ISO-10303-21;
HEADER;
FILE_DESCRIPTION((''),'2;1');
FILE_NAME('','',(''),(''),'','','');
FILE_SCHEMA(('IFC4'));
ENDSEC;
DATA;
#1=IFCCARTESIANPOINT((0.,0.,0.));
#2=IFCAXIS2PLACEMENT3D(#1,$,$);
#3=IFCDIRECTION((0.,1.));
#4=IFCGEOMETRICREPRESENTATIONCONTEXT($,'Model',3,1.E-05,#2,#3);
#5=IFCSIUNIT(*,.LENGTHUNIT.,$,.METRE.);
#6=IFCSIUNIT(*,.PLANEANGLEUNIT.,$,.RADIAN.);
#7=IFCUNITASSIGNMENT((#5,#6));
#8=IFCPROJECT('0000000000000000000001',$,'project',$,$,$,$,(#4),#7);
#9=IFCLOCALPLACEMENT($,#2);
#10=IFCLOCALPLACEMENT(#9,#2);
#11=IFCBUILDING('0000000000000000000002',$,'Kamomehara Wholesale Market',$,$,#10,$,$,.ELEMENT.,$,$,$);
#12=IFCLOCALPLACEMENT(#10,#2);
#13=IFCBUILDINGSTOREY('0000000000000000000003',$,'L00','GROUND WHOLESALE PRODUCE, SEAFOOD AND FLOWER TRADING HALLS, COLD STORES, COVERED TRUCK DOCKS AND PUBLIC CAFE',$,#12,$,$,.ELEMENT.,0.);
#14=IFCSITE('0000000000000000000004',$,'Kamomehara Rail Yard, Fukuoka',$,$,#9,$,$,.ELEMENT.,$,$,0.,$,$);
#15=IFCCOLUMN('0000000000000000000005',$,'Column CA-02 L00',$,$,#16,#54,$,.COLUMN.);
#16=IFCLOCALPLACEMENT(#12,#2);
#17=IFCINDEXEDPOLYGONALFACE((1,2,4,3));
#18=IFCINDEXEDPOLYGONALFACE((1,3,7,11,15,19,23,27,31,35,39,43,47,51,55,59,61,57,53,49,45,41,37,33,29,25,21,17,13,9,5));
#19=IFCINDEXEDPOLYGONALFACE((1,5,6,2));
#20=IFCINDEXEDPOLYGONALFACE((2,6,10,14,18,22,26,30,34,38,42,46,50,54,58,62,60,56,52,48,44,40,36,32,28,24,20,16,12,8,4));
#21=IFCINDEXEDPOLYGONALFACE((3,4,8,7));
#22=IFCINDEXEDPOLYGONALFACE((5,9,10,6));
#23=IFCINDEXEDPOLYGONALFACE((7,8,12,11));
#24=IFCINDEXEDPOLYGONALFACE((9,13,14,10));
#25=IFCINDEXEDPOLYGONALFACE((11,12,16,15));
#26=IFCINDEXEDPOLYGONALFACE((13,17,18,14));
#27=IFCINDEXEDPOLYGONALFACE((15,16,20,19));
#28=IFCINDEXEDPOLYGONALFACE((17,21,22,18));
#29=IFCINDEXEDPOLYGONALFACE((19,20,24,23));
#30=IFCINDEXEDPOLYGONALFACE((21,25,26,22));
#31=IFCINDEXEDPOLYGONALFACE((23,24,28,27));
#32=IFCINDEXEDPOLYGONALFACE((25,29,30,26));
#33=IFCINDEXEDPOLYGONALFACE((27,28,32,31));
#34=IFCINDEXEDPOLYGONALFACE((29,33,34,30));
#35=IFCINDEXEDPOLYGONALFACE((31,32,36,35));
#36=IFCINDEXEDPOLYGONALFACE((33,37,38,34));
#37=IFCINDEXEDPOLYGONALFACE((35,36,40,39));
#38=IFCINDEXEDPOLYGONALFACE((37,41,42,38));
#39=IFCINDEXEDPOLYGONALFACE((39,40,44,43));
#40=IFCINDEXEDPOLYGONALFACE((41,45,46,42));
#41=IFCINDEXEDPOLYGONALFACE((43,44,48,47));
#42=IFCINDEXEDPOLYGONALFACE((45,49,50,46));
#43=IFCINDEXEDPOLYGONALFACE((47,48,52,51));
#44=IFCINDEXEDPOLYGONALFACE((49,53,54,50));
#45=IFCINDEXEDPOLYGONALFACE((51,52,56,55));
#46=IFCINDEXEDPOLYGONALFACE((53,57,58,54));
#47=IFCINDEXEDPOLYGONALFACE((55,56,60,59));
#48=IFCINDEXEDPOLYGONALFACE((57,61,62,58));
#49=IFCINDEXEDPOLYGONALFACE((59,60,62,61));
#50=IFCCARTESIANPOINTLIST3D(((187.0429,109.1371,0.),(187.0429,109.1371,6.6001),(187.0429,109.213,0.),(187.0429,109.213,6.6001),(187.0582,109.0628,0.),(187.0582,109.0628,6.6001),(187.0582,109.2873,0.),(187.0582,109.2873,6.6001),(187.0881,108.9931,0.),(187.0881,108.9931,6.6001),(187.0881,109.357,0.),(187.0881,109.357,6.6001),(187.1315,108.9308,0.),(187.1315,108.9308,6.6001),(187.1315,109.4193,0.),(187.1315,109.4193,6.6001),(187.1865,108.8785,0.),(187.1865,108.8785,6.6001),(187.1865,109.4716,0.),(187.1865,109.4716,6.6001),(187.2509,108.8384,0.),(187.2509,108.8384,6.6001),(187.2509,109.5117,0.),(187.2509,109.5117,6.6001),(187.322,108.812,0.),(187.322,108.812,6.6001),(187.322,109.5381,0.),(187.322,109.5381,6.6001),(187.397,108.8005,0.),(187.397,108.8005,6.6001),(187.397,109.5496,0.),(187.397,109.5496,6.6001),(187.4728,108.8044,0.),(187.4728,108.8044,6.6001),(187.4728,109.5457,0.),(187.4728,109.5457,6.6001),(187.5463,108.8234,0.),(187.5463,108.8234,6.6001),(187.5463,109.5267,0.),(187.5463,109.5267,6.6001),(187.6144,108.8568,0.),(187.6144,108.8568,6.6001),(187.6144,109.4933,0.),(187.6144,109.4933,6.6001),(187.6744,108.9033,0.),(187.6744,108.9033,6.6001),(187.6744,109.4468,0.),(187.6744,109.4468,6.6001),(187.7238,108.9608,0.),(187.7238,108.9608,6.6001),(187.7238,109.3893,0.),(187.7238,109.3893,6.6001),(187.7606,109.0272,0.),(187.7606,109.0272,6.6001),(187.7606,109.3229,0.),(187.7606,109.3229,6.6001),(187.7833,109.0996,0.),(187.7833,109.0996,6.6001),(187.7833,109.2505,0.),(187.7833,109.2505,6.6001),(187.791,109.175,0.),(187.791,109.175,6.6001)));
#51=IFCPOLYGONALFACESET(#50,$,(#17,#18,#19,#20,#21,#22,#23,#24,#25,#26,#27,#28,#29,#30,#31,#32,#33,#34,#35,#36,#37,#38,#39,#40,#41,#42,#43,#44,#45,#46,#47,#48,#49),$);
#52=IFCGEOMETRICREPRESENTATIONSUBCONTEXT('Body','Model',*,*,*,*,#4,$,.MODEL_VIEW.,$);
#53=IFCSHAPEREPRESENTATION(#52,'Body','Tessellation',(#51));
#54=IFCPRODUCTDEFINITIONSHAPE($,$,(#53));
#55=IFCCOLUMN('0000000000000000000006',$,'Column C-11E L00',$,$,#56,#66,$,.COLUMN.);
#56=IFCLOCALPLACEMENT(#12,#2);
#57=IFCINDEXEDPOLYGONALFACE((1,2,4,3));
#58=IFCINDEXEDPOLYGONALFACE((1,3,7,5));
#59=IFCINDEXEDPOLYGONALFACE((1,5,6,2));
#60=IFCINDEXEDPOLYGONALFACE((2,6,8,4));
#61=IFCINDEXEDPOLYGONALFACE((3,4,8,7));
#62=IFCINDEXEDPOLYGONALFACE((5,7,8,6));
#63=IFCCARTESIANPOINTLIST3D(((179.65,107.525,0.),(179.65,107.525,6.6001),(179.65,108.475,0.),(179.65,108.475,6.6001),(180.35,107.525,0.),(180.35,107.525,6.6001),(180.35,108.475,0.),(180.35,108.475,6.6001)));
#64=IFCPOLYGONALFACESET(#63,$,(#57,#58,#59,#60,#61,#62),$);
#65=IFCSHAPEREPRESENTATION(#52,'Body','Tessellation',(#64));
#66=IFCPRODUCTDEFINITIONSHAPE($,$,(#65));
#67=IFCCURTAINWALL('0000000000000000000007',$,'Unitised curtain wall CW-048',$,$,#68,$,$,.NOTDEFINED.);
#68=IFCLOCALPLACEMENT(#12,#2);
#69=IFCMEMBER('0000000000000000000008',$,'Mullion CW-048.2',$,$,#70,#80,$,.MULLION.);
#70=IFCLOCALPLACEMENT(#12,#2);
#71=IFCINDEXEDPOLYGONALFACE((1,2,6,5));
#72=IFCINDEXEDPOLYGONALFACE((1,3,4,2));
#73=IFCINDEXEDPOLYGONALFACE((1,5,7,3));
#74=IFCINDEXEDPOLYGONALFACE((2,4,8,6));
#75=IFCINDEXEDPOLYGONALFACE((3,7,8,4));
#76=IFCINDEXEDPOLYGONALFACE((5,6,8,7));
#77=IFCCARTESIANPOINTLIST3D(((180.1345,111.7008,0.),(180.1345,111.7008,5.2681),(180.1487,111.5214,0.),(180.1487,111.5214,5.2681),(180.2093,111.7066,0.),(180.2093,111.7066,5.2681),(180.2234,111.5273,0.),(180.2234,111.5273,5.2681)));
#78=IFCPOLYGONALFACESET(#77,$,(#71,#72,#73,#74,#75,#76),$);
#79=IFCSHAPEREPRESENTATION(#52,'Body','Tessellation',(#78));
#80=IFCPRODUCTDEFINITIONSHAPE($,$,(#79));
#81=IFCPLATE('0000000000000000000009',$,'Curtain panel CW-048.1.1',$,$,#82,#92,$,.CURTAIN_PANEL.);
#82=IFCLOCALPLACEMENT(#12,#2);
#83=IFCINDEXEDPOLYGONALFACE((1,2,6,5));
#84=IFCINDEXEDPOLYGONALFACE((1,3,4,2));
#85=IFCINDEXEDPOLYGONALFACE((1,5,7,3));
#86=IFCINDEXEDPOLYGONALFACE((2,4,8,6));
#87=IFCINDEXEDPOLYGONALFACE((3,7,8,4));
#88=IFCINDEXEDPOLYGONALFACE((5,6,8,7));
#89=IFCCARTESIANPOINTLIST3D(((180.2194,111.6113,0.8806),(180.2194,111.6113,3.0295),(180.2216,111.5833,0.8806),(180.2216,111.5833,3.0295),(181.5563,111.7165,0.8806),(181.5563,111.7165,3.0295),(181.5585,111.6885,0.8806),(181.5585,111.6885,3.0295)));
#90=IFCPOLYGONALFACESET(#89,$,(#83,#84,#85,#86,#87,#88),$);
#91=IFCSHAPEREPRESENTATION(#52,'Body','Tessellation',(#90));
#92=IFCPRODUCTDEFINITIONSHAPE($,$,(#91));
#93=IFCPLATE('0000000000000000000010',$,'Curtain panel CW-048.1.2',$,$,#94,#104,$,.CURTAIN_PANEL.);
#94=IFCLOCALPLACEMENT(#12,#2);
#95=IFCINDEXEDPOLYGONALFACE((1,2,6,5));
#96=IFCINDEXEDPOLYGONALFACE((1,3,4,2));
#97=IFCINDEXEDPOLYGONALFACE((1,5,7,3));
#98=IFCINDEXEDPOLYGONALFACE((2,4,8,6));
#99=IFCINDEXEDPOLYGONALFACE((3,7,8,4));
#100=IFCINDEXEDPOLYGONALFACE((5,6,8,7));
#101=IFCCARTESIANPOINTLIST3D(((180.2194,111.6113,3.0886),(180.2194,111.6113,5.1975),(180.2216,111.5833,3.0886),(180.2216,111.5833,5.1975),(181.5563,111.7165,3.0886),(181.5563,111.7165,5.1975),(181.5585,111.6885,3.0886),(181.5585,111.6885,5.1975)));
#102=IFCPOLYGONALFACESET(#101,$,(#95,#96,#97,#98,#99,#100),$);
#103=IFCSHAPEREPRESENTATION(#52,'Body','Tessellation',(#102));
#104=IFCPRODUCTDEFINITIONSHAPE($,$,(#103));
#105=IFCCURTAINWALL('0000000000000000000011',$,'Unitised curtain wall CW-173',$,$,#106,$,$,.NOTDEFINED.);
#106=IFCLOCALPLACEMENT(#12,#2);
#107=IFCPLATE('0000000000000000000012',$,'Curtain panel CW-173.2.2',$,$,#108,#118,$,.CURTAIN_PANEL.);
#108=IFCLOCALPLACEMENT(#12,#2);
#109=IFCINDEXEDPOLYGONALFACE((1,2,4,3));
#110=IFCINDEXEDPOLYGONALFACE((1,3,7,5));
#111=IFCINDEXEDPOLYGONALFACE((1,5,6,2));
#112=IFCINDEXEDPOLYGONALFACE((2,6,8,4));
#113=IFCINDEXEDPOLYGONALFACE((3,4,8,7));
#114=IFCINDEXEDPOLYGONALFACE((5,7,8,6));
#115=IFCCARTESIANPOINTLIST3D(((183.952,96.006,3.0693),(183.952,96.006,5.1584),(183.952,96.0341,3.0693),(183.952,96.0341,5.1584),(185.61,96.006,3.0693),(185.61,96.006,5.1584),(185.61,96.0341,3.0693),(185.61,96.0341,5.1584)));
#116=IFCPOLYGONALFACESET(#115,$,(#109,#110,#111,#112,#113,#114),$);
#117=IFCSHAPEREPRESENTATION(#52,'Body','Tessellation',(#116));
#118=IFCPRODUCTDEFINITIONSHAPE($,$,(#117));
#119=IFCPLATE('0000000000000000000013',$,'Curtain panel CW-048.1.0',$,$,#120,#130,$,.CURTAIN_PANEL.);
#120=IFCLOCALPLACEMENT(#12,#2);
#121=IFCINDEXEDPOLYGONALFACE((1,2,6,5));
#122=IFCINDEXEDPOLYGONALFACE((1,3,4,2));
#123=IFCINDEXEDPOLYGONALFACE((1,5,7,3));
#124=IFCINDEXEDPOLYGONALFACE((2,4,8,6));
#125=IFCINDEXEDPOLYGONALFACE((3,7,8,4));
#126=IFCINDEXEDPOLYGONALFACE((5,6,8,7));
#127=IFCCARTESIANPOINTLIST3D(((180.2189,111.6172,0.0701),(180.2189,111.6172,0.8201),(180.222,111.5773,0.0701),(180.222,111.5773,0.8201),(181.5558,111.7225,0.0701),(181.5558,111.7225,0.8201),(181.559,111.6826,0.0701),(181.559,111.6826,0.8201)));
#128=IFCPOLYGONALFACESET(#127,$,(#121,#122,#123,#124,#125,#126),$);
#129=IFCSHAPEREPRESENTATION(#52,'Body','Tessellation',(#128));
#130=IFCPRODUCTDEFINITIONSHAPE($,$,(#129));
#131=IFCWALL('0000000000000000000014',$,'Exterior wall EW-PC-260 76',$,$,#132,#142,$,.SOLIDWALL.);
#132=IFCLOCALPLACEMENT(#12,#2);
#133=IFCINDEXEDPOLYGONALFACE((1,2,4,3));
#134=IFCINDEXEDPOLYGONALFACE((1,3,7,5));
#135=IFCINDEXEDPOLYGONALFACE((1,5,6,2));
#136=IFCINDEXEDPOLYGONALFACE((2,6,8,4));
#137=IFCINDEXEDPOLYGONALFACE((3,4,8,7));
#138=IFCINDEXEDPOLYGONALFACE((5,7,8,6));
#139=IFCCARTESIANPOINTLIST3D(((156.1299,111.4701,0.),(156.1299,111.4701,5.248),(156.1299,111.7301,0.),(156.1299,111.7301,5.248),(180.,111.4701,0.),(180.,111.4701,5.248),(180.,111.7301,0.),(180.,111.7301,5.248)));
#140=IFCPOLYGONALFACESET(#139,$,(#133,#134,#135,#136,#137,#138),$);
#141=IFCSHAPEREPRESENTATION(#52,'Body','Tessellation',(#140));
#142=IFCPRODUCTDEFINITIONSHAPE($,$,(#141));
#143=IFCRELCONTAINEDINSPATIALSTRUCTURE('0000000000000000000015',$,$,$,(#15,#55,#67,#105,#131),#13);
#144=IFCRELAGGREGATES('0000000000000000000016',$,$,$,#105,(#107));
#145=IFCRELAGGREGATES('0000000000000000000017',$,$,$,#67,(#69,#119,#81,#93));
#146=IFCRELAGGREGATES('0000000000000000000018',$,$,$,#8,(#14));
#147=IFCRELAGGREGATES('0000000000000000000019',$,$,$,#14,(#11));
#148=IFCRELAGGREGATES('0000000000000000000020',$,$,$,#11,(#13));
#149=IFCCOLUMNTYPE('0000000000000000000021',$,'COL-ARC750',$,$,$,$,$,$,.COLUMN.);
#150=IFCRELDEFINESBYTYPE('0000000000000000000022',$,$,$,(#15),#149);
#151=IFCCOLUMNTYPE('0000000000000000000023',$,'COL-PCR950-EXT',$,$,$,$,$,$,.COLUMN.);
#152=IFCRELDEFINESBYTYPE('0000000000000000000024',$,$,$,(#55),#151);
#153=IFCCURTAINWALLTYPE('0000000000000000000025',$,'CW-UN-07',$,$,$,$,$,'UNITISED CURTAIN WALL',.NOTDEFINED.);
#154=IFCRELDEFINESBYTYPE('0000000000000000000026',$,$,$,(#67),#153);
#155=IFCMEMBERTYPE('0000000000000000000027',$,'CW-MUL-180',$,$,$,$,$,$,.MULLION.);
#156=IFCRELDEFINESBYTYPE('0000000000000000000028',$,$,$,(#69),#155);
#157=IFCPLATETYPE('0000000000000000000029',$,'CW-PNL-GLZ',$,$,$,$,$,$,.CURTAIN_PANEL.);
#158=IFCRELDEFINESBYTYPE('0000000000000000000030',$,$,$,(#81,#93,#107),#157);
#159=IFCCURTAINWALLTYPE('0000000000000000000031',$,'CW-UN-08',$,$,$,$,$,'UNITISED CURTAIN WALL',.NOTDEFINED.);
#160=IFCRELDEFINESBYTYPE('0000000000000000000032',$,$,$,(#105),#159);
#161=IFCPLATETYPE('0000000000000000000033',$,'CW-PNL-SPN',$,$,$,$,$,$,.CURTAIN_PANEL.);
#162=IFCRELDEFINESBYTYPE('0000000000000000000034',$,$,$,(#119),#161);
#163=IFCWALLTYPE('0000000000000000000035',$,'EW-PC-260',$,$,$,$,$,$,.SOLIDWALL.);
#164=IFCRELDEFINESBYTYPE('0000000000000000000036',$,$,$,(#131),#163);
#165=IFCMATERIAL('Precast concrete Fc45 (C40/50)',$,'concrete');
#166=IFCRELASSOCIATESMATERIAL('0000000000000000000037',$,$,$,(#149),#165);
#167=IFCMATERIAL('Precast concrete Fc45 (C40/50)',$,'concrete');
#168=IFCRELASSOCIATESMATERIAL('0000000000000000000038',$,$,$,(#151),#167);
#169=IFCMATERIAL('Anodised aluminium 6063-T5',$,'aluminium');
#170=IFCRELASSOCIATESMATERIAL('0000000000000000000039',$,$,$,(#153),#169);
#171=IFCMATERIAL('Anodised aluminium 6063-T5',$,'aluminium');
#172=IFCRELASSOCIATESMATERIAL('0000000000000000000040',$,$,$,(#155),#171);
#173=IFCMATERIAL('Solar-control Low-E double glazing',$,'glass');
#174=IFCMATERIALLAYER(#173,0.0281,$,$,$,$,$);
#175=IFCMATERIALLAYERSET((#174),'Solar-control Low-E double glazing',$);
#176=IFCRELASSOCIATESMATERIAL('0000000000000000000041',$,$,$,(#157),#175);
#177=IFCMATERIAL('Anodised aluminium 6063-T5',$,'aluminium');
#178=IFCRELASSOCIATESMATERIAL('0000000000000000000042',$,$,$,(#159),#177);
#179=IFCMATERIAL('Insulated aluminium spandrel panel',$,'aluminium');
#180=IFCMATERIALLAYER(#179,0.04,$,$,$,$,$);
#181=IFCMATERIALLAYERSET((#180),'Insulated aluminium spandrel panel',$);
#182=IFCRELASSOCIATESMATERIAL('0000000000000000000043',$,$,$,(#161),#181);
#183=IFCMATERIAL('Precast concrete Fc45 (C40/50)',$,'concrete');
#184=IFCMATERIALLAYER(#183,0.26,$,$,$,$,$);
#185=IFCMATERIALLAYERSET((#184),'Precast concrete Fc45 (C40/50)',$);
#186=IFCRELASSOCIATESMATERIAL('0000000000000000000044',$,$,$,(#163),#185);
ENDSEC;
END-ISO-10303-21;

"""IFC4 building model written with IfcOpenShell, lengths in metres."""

from ifc_helpers import new_model, si_unit, direction, frame, frame_2d, origin, origin_2d, place, context, subcontext, project, spatial, rectangle, circle, extrude, material, layer, layer_set, material_profile, profile_set, type_object, element, aggregate, save


model = new_model("IFC4")

# Units and contexts
model_context = context("Model", 3, precision=1e-05, world=origin(), true_north=direction((0.0, 1.0)))
body_context = subcontext(model_context, "Body", "Model", "MODEL_VIEW")
ifc_project = project(units=[si_unit("LENGTHUNIT", "METRE"), si_unit("PLANEANGLEUNIT", "RADIAN")], contexts=[model_context])

# Site, building, storey
site_placement = place(None, origin())
site = spatial("IfcSite", under=ifc_project, at=site_placement, Name="Kamomehara Rail Yard, Fukuoka", CompositionType="ELEMENT", RefElevation=0.0)
building_placement = place(site_placement, origin())
building = spatial("IfcBuilding", under=site, at=building_placement, Name="Kamomehara Wholesale Market", CompositionType="ELEMENT")
storey_placement = place(building_placement, origin())
storey = spatial("IfcBuildingStorey", under=building, at=storey_placement, Name="L00", Description="GROUND WHOLESALE PRODUCE, SEAFOOD AND FLOWER TRADING HALLS, COLD STORES, COVERED TRUCK DOCKS AND PUBLIC CAFE", CompositionType="ELEMENT", Elevation=0.0)

# Columns
ifc_material_1 = material(Name="Precast concrete Fc45 (C40/50)", Category="concrete")
ifc_material_profile_1 = material_profile(ifc_material_1, circle(Radius=0.375, at=origin_2d()), Name="PC-ARC-D750")
ifc_profile_set_1 = profile_set([ifc_material_profile_1], Name="Precast concrete Fc45 (C40/50)")
column_type_1 = type_object("IfcColumnType", Name="COL-ARC750", PredefinedType="COLUMN", material=ifc_profile_set_1)
column_1_placement = place(storey_placement, frame((187.416, 109.175, 0.0), z_axis=(0.0, 0.0, 1.0), x_axis=(1.0, 0.0, 0.0)))
element("IfcColumn", 1, at=column_1_placement, inside=storey, type_object=column_type_1, Name="Column CA-02 L00", PredefinedType="COLUMN", context=body_context, shape_type="SweptSolid", body=[
    extrude(circle(Radius=0.375, at=origin_2d()), origin(), (0.0, 0.0, 1.0), 6.6001),
])
ifc_material_2 = material(Name="Precast concrete Fc45 (C40/50)", Category="concrete")
ifc_material_profile_2 = material_profile(ifc_material_2, rectangle(XDim=0.7, YDim=0.95, at=origin_2d()), Name="PC-COL-700x950")
ifc_profile_set_2 = profile_set([ifc_material_profile_2], Name="Precast concrete Fc45 (C40/50)")
column_type_2 = type_object("IfcColumnType", Name="COL-PCR950-EXT", PredefinedType="COLUMN", material=ifc_profile_set_2)
column_2_placement = place(storey_placement, frame((180.0, 108.0, 0.0), z_axis=(0.0, 0.0, 1.0), x_axis=(1.0, 0.0, 0.0)))
element("IfcColumn", 2, at=column_2_placement, inside=storey, type_object=column_type_2, Name="Column C-11E L00", PredefinedType="COLUMN", context=body_context, shape_type="SweptSolid", body=[
    extrude(rectangle(XDim=0.7, YDim=0.95, at=origin_2d()), origin(), (0.0, 0.0, 1.0), 6.6001),
])

# Curtain wall, member, plates
ifc_material_3 = material(Name="Anodised aluminium 6063-T5", Category="aluminium")
curtain_wall_type_1 = type_object("IfcCurtainWallType", Name="CW-UN-07", ElementType="UNITISED CURTAIN WALL", PredefinedType="NOTDEFINED", material=ifc_material_3)
curtain_wall_1_placement = place(storey_placement, origin())
curtain_wall_1 = element("IfcCurtainWall", 3, at=curtain_wall_1_placement, inside=storey, type_object=curtain_wall_type_1, Name="Unitised curtain wall CW-048", PredefinedType="NOTDEFINED")
ifc_material_4 = material(Name="Anodised aluminium 6063-T5", Category="aluminium")
ifc_material_profile_3 = material_profile(ifc_material_4, rectangle(XDim=0.075, YDim=0.1799, at=origin_2d()), Name="ALU-MUL-75x180")
ifc_profile_set_3 = profile_set([ifc_material_profile_3], Name="Anodised aluminium 6063-T5")
member_type = type_object("IfcMemberType", Name="CW-MUL-180", PredefinedType="MULLION", material=ifc_profile_set_3)
member_placement = place(storey_placement, frame((180.179, 111.614, 0.0), z_axis=(0.0, 0.0, 1.0), x_axis=(-0.996916, -0.078473, 0.0)))
member = element("IfcMember", 4, at=member_placement, type_object=member_type, Name="Mullion CW-048.2", PredefinedType="MULLION", context=body_context, shape_type="SweptSolid", body=[
    extrude(rectangle(XDim=0.075, YDim=0.1799, at=origin_2d()), origin(), (0.0, 0.0, 1.0), 5.2681),
])
ifc_material_5 = material(Name="Solar-control Low-E double glazing", Category="glass")
ifc_layer_1 = layer(ifc_material_5, 0.0281)
ifc_layer_set_1 = layer_set([ifc_layer_1], Name="Solar-control Low-E double glazing")
plate_type_1 = type_object("IfcPlateType", Name="CW-PNL-GLZ", PredefinedType="CURTAIN_PANEL", material=ifc_layer_set_1)
plate_1_placement = place(storey_placement, frame((180.8889, 111.6499, 0.8806), z_axis=(0.0, 0.0, 1.0), x_axis=(-0.996916, -0.078476, 0.0)))
plate_1 = element("IfcPlate", 5, at=plate_1_placement, type_object=plate_type_1, Name="Curtain panel CW-048.1.1", PredefinedType="CURTAIN_PANEL", context=body_context, shape_type="SweptSolid", body=[
    extrude(rectangle(XDim=1.3411, YDim=0.0281, at=origin_2d()), origin(), (0.0, 0.0, 1.0), 2.1489),
])
plate_2_placement = place(storey_placement, frame((180.8889, 111.6499, 3.0886), z_axis=(0.0, 0.0, 1.0), x_axis=(-0.996916, -0.078476, 0.0)))
plate_2 = element("IfcPlate", 6, at=plate_2_placement, type_object=plate_type_1, Name="Curtain panel CW-048.1.2", PredefinedType="CURTAIN_PANEL", context=body_context, shape_type="SweptSolid", body=[
    extrude(rectangle(XDim=1.3411, YDim=0.0281, at=origin_2d()), origin(), (0.0, 0.0, 1.0), 2.1089),
])

# Curtain wall, plate
ifc_material_6 = material(Name="Anodised aluminium 6063-T5", Category="aluminium")
curtain_wall_type_2 = type_object("IfcCurtainWallType", Name="CW-UN-08", ElementType="UNITISED CURTAIN WALL", PredefinedType="NOTDEFINED", material=ifc_material_6)
curtain_wall_2_placement = place(storey_placement, origin())
curtain_wall_2 = element("IfcCurtainWall", 7, at=curtain_wall_2_placement, inside=storey, type_object=curtain_wall_type_2, Name="Unitised curtain wall CW-173", PredefinedType="NOTDEFINED")
plate_3_placement = place(storey_placement, frame((184.781, 96.02, 3.0693), z_axis=(0.0, 0.0, 1.0), x_axis=(1.0, 0.0, 0.0)))
plate_3 = element("IfcPlate", 8, at=plate_3_placement, type_object=plate_type_1, Name="Curtain panel CW-173.2.2", PredefinedType="CURTAIN_PANEL", context=body_context, shape_type="SweptSolid", body=[
    extrude(rectangle(XDim=1.658, YDim=0.0281, at=origin_2d()), origin(), (0.0, 0.0, 1.0), 2.0891),
])
aggregate(curtain_wall_2, [plate_3])

# Plate
ifc_material_7 = material(Name="Insulated aluminium spandrel panel", Category="aluminium")
ifc_layer_2 = layer(ifc_material_7, 0.04)
ifc_layer_set_2 = layer_set([ifc_layer_2], Name="Insulated aluminium spandrel panel")
plate_type_2 = type_object("IfcPlateType", Name="CW-PNL-SPN", PredefinedType="CURTAIN_PANEL", material=ifc_layer_set_2)
plate_4_placement = place(storey_placement, frame((180.8889, 111.6499, 0.0701), z_axis=(0.0, 0.0, 1.0), x_axis=(-0.996916, -0.078476, 0.0)))
plate_4 = element("IfcPlate", 9, at=plate_4_placement, type_object=plate_type_2, Name="Curtain panel CW-048.1.0", PredefinedType="CURTAIN_PANEL", context=body_context, shape_type="SweptSolid", body=[
    extrude(rectangle(XDim=1.3411, YDim=0.04, at=origin_2d()), origin(), (0.0, 0.0, 1.0), 0.75),
])
aggregate(curtain_wall_1, [member, plate_4, plate_1, plate_2])

# Wall
ifc_material_8 = material(Name="Precast concrete Fc45 (C40/50)", Category="concrete")
ifc_layer_3 = layer(ifc_material_8, 0.26)
ifc_layer_set_3 = layer_set([ifc_layer_3], Name="Precast concrete Fc45 (C40/50)")
wall_type = type_object("IfcWallType", Name="EW-PC-260", PredefinedType="SOLIDWALL", material=ifc_layer_set_3)
wall_placement = place(storey_placement, frame((180.0, 111.6001, 0.0), z_axis=(0.0, 0.0, 1.0), x_axis=(-1.0, 0.0, 0.0)))
element("IfcWall", 10, at=wall_placement, inside=storey, type_object=wall_type, Name="Exterior wall EW-PC-260 76", PredefinedType="SOLIDWALL", context=body_context, shape_type="SweptSolid", body=[
    extrude(rectangle(XDim=23.8701, YDim=0.26, at=frame_2d((11.9351, 0.0))), origin(), (0.0, 0.0, 1.0), 5.248),
])

save(model, "model.ifc")
